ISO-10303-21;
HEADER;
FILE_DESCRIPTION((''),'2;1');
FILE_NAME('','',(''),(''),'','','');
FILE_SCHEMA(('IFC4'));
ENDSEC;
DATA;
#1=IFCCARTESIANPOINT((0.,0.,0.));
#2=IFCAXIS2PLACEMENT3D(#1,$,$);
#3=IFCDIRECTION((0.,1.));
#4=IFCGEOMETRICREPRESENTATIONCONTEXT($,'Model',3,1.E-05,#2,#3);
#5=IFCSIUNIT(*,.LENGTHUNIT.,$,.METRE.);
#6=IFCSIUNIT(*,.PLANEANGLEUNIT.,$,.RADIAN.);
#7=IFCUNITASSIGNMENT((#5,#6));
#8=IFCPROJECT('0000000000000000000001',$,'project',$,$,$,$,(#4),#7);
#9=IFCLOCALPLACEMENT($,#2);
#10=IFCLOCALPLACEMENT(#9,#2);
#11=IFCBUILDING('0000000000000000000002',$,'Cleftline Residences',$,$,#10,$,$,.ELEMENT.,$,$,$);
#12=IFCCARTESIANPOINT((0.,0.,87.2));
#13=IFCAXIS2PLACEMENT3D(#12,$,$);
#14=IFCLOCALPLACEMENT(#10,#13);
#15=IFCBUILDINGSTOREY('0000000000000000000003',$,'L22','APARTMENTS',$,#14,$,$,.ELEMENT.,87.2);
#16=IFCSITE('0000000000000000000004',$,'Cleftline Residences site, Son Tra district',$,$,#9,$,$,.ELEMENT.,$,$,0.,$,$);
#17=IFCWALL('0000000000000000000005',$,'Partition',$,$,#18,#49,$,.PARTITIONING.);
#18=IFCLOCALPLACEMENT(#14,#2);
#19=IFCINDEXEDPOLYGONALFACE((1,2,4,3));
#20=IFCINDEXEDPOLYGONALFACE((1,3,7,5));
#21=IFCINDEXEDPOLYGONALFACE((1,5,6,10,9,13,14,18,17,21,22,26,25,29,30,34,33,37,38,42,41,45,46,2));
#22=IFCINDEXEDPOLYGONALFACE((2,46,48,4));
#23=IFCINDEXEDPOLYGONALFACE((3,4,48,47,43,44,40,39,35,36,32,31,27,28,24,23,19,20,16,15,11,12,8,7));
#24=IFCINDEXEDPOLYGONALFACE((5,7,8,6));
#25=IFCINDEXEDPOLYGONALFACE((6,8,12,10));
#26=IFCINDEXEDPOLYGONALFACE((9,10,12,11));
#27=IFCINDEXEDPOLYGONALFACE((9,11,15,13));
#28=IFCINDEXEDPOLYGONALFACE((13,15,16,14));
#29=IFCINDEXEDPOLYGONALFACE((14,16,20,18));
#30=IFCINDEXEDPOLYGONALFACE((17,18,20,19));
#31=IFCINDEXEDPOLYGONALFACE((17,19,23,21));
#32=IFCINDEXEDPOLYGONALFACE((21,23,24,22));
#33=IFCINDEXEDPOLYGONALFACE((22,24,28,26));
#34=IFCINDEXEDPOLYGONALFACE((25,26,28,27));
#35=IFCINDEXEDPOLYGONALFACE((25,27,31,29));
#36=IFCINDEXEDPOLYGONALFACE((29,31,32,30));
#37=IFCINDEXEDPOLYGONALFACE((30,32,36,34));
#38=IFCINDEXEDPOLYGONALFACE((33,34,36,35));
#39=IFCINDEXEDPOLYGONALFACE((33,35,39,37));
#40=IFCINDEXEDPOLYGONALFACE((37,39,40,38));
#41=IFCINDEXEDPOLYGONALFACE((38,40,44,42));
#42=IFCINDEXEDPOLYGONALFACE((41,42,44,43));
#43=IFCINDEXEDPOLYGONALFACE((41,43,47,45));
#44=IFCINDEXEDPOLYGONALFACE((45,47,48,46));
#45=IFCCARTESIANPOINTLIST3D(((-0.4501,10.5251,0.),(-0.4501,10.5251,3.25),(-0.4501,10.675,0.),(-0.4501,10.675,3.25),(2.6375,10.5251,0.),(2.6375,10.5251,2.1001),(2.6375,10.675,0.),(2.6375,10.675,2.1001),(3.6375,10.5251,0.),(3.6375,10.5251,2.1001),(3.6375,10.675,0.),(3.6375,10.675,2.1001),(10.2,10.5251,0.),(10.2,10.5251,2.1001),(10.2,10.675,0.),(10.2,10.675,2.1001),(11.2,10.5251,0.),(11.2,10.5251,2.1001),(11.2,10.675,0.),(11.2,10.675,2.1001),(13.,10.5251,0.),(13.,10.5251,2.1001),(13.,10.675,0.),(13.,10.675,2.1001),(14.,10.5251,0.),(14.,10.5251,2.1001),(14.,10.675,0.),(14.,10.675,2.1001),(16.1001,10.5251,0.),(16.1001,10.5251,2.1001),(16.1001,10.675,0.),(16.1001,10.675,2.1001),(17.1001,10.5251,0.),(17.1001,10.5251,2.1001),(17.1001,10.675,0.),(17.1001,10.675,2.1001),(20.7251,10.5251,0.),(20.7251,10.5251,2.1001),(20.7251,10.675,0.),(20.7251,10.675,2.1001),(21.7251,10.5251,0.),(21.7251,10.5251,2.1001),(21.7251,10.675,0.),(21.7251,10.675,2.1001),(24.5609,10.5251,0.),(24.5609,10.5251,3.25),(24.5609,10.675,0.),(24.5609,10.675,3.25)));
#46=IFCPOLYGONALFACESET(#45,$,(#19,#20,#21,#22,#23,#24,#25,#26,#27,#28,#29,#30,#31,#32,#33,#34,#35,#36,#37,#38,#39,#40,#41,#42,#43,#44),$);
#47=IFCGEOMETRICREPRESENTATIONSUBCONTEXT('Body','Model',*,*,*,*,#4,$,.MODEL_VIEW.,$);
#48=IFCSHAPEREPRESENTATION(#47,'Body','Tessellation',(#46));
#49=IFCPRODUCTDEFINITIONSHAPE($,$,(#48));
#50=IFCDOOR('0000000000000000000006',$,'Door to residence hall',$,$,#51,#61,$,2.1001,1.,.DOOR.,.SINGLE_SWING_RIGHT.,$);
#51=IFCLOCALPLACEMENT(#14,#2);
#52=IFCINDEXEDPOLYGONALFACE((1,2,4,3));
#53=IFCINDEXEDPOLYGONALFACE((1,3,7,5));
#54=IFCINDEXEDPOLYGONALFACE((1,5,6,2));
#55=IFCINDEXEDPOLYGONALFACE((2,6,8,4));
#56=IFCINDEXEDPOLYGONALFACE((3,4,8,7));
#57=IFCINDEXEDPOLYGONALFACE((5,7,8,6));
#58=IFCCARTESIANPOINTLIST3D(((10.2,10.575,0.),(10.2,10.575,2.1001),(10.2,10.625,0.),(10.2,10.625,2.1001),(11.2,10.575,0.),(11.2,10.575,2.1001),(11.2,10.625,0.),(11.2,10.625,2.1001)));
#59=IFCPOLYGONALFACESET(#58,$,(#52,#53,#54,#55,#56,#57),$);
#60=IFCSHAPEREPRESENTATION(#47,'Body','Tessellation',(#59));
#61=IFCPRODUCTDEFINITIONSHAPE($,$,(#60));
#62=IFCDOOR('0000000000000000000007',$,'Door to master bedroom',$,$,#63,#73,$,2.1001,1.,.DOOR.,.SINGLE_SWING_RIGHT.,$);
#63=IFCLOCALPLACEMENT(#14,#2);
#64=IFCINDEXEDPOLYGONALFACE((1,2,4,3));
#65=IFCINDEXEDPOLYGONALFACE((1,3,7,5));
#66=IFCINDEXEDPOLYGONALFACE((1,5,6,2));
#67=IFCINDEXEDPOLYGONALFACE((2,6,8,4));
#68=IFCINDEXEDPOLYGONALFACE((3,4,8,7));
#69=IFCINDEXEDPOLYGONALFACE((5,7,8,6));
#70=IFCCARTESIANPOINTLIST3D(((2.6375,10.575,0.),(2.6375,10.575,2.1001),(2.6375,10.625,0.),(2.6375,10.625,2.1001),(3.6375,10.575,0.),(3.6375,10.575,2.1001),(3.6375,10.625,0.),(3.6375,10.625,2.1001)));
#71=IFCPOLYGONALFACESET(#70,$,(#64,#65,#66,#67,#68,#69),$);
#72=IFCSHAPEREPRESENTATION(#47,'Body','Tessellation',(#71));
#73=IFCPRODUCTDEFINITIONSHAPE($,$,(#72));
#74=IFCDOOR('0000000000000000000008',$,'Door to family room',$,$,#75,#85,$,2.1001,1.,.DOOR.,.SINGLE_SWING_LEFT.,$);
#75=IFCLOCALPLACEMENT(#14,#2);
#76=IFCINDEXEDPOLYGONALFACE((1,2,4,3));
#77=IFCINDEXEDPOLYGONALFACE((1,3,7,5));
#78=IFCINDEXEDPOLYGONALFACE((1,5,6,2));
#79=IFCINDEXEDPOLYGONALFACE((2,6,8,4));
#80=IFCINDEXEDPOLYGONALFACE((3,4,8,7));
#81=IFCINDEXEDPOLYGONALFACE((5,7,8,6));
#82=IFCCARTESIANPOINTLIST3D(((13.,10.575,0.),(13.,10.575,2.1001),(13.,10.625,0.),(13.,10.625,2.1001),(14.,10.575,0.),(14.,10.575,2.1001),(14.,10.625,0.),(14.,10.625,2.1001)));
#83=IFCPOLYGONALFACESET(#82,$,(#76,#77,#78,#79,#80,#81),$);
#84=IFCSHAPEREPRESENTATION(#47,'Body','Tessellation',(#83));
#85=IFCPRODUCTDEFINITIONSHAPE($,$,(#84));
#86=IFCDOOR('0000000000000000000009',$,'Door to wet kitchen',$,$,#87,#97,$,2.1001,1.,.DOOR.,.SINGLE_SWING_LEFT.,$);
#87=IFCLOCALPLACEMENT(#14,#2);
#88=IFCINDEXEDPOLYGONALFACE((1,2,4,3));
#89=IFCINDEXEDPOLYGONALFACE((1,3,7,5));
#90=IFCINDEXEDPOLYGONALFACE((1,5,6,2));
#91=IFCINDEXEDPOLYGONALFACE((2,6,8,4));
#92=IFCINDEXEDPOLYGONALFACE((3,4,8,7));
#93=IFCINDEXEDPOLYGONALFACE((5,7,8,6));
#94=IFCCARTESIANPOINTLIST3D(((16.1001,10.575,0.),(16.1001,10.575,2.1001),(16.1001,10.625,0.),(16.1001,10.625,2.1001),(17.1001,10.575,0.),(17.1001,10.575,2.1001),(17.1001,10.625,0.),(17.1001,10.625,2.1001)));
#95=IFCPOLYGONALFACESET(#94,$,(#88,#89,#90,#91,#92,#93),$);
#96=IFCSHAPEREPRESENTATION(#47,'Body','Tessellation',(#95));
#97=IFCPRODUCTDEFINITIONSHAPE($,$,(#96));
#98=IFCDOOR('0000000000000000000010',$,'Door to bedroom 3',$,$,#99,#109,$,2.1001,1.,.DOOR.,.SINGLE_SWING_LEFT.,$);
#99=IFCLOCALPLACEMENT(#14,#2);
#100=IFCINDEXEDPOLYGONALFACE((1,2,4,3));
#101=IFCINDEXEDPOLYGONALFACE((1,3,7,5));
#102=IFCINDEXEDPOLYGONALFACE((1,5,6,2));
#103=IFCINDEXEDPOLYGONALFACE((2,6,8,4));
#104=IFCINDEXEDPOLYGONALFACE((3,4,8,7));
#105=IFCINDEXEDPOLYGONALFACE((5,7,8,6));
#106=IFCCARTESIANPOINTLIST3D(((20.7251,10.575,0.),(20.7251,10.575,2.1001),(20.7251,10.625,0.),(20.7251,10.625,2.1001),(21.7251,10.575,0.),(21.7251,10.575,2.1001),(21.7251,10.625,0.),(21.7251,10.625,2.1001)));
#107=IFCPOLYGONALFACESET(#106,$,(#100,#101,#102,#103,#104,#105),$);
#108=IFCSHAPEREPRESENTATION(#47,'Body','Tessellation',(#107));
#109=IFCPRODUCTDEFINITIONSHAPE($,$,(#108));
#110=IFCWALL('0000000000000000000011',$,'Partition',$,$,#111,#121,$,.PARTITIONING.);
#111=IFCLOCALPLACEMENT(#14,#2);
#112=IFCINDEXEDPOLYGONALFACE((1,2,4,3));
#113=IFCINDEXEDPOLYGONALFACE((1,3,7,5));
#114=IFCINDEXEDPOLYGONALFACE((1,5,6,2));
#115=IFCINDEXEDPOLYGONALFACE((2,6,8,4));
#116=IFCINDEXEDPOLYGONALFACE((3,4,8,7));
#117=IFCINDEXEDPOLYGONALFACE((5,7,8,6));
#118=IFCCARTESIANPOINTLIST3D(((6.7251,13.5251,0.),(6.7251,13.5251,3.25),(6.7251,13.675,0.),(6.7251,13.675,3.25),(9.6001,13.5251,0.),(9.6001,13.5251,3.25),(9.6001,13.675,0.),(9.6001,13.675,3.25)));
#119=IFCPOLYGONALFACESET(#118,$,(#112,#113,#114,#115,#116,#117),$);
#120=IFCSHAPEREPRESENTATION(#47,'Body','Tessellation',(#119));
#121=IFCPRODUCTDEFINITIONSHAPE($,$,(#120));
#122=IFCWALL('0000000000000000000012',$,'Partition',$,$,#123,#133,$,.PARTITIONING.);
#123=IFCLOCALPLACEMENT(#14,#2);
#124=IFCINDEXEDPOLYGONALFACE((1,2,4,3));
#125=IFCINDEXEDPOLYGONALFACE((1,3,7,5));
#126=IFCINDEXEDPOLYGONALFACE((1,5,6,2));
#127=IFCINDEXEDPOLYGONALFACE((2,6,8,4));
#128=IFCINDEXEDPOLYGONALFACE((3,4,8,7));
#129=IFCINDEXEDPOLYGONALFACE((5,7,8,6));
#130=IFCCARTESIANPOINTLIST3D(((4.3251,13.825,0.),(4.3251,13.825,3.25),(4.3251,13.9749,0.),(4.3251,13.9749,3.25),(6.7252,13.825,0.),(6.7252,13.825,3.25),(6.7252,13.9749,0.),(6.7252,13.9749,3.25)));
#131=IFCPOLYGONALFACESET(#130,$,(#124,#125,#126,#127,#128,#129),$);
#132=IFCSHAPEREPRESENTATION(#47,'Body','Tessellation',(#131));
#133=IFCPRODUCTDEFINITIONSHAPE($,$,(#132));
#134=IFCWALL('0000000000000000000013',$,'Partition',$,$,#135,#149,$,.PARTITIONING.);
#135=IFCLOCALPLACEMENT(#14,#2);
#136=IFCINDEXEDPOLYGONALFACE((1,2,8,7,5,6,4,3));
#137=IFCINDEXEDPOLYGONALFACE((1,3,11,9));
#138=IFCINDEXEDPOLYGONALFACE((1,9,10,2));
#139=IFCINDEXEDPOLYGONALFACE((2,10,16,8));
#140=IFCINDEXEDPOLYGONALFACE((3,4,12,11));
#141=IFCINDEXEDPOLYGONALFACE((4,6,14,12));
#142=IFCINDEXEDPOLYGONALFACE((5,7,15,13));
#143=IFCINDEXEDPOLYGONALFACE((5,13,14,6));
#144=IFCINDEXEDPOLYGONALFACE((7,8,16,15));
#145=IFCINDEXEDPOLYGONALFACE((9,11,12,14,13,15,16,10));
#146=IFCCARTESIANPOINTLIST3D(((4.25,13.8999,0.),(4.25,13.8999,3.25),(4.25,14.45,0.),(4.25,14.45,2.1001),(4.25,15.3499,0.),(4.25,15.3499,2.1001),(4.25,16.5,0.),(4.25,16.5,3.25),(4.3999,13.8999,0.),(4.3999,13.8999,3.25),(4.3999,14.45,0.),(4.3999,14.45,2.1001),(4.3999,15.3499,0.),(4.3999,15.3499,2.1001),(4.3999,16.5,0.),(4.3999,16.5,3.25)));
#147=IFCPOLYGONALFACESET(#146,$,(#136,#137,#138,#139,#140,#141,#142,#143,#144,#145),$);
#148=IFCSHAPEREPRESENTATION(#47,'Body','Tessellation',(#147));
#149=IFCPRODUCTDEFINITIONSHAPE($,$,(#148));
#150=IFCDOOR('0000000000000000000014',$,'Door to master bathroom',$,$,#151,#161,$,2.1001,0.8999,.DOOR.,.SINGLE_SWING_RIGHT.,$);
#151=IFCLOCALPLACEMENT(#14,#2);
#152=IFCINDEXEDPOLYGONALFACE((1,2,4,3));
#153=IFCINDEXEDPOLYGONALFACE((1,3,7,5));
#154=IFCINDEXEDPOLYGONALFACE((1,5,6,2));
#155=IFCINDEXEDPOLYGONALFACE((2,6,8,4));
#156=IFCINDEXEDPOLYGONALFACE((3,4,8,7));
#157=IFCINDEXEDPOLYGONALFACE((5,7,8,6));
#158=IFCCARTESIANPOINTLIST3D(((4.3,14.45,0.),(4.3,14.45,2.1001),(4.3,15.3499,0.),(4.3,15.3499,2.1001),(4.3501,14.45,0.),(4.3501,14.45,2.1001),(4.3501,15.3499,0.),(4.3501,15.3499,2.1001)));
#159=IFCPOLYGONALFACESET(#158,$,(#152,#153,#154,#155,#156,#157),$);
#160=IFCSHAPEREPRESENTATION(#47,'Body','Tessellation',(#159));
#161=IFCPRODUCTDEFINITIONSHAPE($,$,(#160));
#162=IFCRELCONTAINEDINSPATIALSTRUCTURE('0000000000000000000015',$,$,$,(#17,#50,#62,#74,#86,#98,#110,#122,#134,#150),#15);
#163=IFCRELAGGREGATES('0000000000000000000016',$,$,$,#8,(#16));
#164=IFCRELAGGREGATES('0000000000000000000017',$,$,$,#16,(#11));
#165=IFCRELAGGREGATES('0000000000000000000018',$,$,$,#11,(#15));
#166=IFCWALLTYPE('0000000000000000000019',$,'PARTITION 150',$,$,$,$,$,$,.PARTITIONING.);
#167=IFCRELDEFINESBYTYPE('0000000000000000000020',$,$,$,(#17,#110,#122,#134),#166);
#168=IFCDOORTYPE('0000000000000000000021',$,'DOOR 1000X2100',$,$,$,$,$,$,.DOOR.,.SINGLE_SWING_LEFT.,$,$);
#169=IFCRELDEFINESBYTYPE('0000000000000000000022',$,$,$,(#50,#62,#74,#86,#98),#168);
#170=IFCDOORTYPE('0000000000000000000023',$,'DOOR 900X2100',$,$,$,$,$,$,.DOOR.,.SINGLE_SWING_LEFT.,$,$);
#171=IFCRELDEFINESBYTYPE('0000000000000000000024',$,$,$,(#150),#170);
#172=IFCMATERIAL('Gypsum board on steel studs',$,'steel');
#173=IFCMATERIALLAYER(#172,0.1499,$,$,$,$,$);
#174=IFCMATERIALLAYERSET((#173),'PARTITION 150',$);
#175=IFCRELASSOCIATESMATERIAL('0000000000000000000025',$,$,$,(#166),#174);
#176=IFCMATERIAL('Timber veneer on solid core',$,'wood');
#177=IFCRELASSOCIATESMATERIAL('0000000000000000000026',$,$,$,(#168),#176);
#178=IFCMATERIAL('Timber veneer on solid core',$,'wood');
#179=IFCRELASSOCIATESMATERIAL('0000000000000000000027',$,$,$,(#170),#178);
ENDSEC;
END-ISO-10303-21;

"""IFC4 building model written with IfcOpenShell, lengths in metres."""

from ifc_helpers import new_model, si_unit, direction, frame, frame_2d, origin, place, context, subcontext, project, spatial, rectangle, extrude, material, layer, layer_set, type_object, element, fill, save


model = new_model("IFC4")

# Units and contexts
model_context = context("Model", 3, precision=1e-05, world=origin(), true_north=direction((0.0, 1.0)))
body_context = subcontext(model_context, "Body", "Model", "MODEL_VIEW")
ifc_project = project(units=[si_unit("LENGTHUNIT", "METRE"), si_unit("PLANEANGLEUNIT", "RADIAN")], contexts=[model_context])

# Site, building, storey
site_placement = place(None, origin())
site = spatial("IfcSite", under=ifc_project, at=site_placement, Name="Cleftline Residences site, Son Tra district", CompositionType="ELEMENT", RefElevation=0.0)
building_placement = place(site_placement, origin())
building = spatial("IfcBuilding", under=site, at=building_placement, Name="Cleftline Residences", CompositionType="ELEMENT")
storey_placement = place(building_placement, frame((0.0, 0.0, 87.2)))
storey = spatial("IfcBuildingStorey", under=building, at=storey_placement, Name="L22", Description="APARTMENTS", CompositionType="ELEMENT", Elevation=87.2)

# Wall, openings, doors
ifc_material_1 = material(Name="Gypsum board on steel studs", Category="steel")
ifc_layer = layer(ifc_material_1, 0.1499)
ifc_layer_set = layer_set([ifc_layer], Name="PARTITION 150")
wall_type = type_object("IfcWallType", Name="PARTITION 150", PredefinedType="PARTITIONING", material=ifc_layer_set)
wall_1_placement = place(storey_placement, frame((-0.45, 10.6001, 0.0), z_axis=(0.0, 0.0, 1.0), x_axis=(1.0, 0.0, 0.0)))
wall_1 = element("IfcWall", 1, at=wall_1_placement, inside=storey, type_object=wall_type, Name="Partition", PredefinedType="PARTITIONING", context=body_context, shape_type="SweptSolid", body=[
    extrude(rectangle(XDim=25.011, YDim=0.1499, at=frame_2d((12.5054, 0.0))), origin(), (0.0, 0.0, 1.0), 3.25),
])
opening_1_placement = place(wall_1_placement, frame((10.6499, 0.0, 0.0)))
opening_1 = element("IfcOpeningElement", 2, at=opening_1_placement, cuts=wall_1, PredefinedType="OPENING", context=body_context, shape_type="SweptSolid", body=[
    extrude(rectangle(XDim=1.0, YDim=2.1001, at=frame_2d((0.5, 1.05))), frame((0.0, 0.085, 0.0), z_axis=(0.0, -1.0, 0.0), x_axis=(1.0, 0.0, 0.0)), (0.0, 0.0, 1.0), 0.1699),
])
opening_2_placement = place(wall_1_placement, frame((3.0874, 0.0, 0.0)))
opening_2 = element("IfcOpeningElement", 3, at=opening_2_placement, cuts=wall_1, PredefinedType="OPENING", context=body_context, shape_type="SweptSolid", body=[
    extrude(rectangle(XDim=1.0, YDim=2.1001, at=frame_2d((0.5, 1.05))), frame((0.0, 0.085, 0.0), z_axis=(0.0, -1.0, 0.0), x_axis=(1.0, 0.0, 0.0)), (0.0, 0.0, 1.0), 0.1699),
])
opening_3_placement = place(wall_1_placement, frame((13.45, 0.0, 0.0)))
opening_3 = element("IfcOpeningElement", 4, at=opening_3_placement, cuts=wall_1, PredefinedType="OPENING", context=body_context, shape_type="SweptSolid", body=[
    extrude(rectangle(XDim=1.0, YDim=2.1001, at=frame_2d((0.5, 1.05))), frame((0.0, 0.085, 0.0), z_axis=(0.0, -1.0, 0.0), x_axis=(1.0, 0.0, 0.0)), (0.0, 0.0, 1.0), 0.1699),
])
opening_4_placement = place(wall_1_placement, frame((16.55, 0.0, 0.0)))
opening_4 = element("IfcOpeningElement", 5, at=opening_4_placement, cuts=wall_1, PredefinedType="OPENING", context=body_context, shape_type="SweptSolid", body=[
    extrude(rectangle(XDim=1.0, YDim=2.1001, at=frame_2d((0.5, 1.05))), frame((0.0, 0.085, 0.0), z_axis=(0.0, -1.0, 0.0), x_axis=(1.0, 0.0, 0.0)), (0.0, 0.0, 1.0), 0.1699),
])
opening_5_placement = place(wall_1_placement, frame((21.175, 0.0, 0.0)))
opening_5 = element("IfcOpeningElement", 6, at=opening_5_placement, cuts=wall_1, PredefinedType="OPENING", context=body_context, shape_type="SweptSolid", body=[
    extrude(rectangle(XDim=1.0, YDim=2.1001, at=frame_2d((0.5, 1.05))), frame((0.0, 0.085, 0.0), z_axis=(0.0, -1.0, 0.0), x_axis=(1.0, 0.0, 0.0)), (0.0, 0.0, 1.0), 0.1699),
])
ifc_material_2 = material(Name="Timber veneer on solid core", Category="wood")
door_type_1 = type_object("IfcDoorType", Name="DOOR 1000X2100", OperationType="SINGLE_SWING_LEFT", PredefinedType="DOOR", material=ifc_material_2)
door_1_placement = place(opening_1_placement, origin())
door_1 = element("IfcDoor", 7, at=door_1_placement, inside=storey, type_object=door_type_1, Name="Door to residence hall", OperationType="SINGLE_SWING_RIGHT", OverallHeight=2.1001, OverallWidth=1.0, PredefinedType="DOOR", context=body_context, shape_type="SweptSolid", body=[
    extrude(rectangle(XDim=1.0, YDim=2.1001, at=frame_2d((0.5, 1.05))), frame((0.0, 0.0249, 0.0), z_axis=(0.0, -1.0, 0.0), x_axis=(1.0, 0.0, 0.0)), (0.0, 0.0, 1.0), 0.05),
])
fill(opening_1, door_1)
door_2_placement = place(opening_2_placement, origin())
door_2 = element("IfcDoor", 8, at=door_2_placement, inside=storey, type_object=door_type_1, Name="Door to master bedroom", OperationType="SINGLE_SWING_RIGHT", OverallHeight=2.1001, OverallWidth=1.0, PredefinedType="DOOR", context=body_context, shape_type="SweptSolid", body=[
    extrude(rectangle(XDim=1.0, YDim=2.1001, at=frame_2d((0.5, 1.05))), frame((0.0, 0.0249, 0.0), z_axis=(0.0, -1.0, 0.0), x_axis=(1.0, 0.0, 0.0)), (0.0, 0.0, 1.0), 0.05),
])
fill(opening_2, door_2)
door_3_placement = place(opening_3_placement, origin())
door_3 = element("IfcDoor", 9, at=door_3_placement, inside=storey, type_object=door_type_1, Name="Door to family room", OperationType="SINGLE_SWING_LEFT", OverallHeight=2.1001, OverallWidth=1.0, PredefinedType="DOOR", context=body_context, shape_type="SweptSolid", body=[
    extrude(rectangle(XDim=1.0, YDim=2.1001, at=frame_2d((0.5, 1.05))), frame((0.0, 0.0249, 0.0), z_axis=(0.0, -1.0, 0.0), x_axis=(1.0, 0.0, 0.0)), (0.0, 0.0, 1.0), 0.05),
])
fill(opening_3, door_3)
door_4_placement = place(opening_4_placement, origin())
door_4 = element("IfcDoor", 10, at=door_4_placement, inside=storey, type_object=door_type_1, Name="Door to wet kitchen", OperationType="SINGLE_SWING_LEFT", OverallHeight=2.1001, OverallWidth=1.0, PredefinedType="DOOR", context=body_context, shape_type="SweptSolid", body=[
    extrude(rectangle(XDim=1.0, YDim=2.1001, at=frame_2d((0.5, 1.05))), frame((0.0, 0.0249, 0.0), z_axis=(0.0, -1.0, 0.0), x_axis=(1.0, 0.0, 0.0)), (0.0, 0.0, 1.0), 0.05),
])
fill(opening_4, door_4)
door_5_placement = place(opening_5_placement, origin())
door_5 = element("IfcDoor", 11, at=door_5_placement, inside=storey, type_object=door_type_1, Name="Door to bedroom 3", OperationType="SINGLE_SWING_LEFT", OverallHeight=2.1001, OverallWidth=1.0, PredefinedType="DOOR", context=body_context, shape_type="SweptSolid", body=[
    extrude(rectangle(XDim=1.0, YDim=2.1001, at=frame_2d((0.5, 1.05))), frame((0.0, 0.0249, 0.0), z_axis=(0.0, -1.0, 0.0), x_axis=(1.0, 0.0, 0.0)), (0.0, 0.0, 1.0), 0.05),
])
fill(opening_5, door_5)

# Walls
wall_2_placement = place(storey_placement, frame((6.7251, 13.6001, 0.0), z_axis=(0.0, 0.0, 1.0), x_axis=(1.0, 0.0, 0.0)))
element("IfcWall", 12, at=wall_2_placement, inside=storey, type_object=wall_type, Name="Partition", PredefinedType="PARTITIONING", context=body_context, shape_type="SweptSolid", body=[
    extrude(rectangle(XDim=2.875, YDim=0.1499, at=frame_2d((1.4375, 0.0))), origin(), (0.0, 0.0, 1.0), 3.25),
])
wall_3_placement = place(storey_placement, frame((4.325, 13.8999, 0.0), z_axis=(0.0, 0.0, 1.0), x_axis=(1.0, 0.0, 0.0)))
element("IfcWall", 13, at=wall_3_placement, inside=storey, type_object=wall_type, Name="Partition", PredefinedType="PARTITIONING", context=body_context, shape_type="SweptSolid", body=[
    extrude(rectangle(XDim=2.4001, YDim=0.1499, at=frame_2d((1.2002, 0.0))), origin(), (0.0, 0.0, 1.0), 3.25),
])

# Wall, opening, door
wall_4_placement = place(storey_placement, frame((4.325, 13.8999, 0.0), z_axis=(0.0, 0.0, 1.0), x_axis=(0.0, 1.0, 0.0)))
wall_4 = element("IfcWall", 14, at=wall_4_placement, inside=storey, type_object=wall_type, Name="Partition", PredefinedType="PARTITIONING", context=body_context, shape_type="SweptSolid", body=[
    extrude(rectangle(XDim=2.6001, YDim=0.1499, at=frame_2d((1.3, 0.0))), origin(), (0.0, 0.0, 1.0), 3.25),
])
opening_6_placement = place(wall_4_placement, frame((0.55, 0.0, 0.0)))
opening_6 = element("IfcOpeningElement", 15, at=opening_6_placement, cuts=wall_4, PredefinedType="OPENING", context=body_context, shape_type="SweptSolid", body=[
    extrude(rectangle(XDim=0.8999, YDim=2.1001, at=frame_2d((0.45, 1.05))), frame((0.0, 0.085, 0.0), z_axis=(0.0, -1.0, 0.0), x_axis=(1.0, 0.0, 0.0)), (0.0, 0.0, 1.0), 0.1699),
])
ifc_material_3 = material(Name="Timber veneer on solid core", Category="wood")
door_type_2 = type_object("IfcDoorType", Name="DOOR 900X2100", OperationType="SINGLE_SWING_LEFT", PredefinedType="DOOR", material=ifc_material_3)
door_6_placement = place(opening_6_placement, origin())
door_6 = element("IfcDoor", 16, at=door_6_placement, inside=storey, type_object=door_type_2, Name="Door to master bathroom", OperationType="SINGLE_SWING_RIGHT", OverallHeight=2.1001, OverallWidth=0.8999, PredefinedType="DOOR", context=body_context, shape_type="SweptSolid", body=[
    extrude(rectangle(XDim=0.8999, YDim=2.1001, at=frame_2d((0.45, 1.05))), frame((0.0, 0.0249, 0.0), z_axis=(0.0, -1.0, 0.0), x_axis=(1.0, 0.0, 0.0)), (0.0, 0.0, 1.0), 0.05),
])
fill(opening_6, door_6)

save(model, "model.ifc")
